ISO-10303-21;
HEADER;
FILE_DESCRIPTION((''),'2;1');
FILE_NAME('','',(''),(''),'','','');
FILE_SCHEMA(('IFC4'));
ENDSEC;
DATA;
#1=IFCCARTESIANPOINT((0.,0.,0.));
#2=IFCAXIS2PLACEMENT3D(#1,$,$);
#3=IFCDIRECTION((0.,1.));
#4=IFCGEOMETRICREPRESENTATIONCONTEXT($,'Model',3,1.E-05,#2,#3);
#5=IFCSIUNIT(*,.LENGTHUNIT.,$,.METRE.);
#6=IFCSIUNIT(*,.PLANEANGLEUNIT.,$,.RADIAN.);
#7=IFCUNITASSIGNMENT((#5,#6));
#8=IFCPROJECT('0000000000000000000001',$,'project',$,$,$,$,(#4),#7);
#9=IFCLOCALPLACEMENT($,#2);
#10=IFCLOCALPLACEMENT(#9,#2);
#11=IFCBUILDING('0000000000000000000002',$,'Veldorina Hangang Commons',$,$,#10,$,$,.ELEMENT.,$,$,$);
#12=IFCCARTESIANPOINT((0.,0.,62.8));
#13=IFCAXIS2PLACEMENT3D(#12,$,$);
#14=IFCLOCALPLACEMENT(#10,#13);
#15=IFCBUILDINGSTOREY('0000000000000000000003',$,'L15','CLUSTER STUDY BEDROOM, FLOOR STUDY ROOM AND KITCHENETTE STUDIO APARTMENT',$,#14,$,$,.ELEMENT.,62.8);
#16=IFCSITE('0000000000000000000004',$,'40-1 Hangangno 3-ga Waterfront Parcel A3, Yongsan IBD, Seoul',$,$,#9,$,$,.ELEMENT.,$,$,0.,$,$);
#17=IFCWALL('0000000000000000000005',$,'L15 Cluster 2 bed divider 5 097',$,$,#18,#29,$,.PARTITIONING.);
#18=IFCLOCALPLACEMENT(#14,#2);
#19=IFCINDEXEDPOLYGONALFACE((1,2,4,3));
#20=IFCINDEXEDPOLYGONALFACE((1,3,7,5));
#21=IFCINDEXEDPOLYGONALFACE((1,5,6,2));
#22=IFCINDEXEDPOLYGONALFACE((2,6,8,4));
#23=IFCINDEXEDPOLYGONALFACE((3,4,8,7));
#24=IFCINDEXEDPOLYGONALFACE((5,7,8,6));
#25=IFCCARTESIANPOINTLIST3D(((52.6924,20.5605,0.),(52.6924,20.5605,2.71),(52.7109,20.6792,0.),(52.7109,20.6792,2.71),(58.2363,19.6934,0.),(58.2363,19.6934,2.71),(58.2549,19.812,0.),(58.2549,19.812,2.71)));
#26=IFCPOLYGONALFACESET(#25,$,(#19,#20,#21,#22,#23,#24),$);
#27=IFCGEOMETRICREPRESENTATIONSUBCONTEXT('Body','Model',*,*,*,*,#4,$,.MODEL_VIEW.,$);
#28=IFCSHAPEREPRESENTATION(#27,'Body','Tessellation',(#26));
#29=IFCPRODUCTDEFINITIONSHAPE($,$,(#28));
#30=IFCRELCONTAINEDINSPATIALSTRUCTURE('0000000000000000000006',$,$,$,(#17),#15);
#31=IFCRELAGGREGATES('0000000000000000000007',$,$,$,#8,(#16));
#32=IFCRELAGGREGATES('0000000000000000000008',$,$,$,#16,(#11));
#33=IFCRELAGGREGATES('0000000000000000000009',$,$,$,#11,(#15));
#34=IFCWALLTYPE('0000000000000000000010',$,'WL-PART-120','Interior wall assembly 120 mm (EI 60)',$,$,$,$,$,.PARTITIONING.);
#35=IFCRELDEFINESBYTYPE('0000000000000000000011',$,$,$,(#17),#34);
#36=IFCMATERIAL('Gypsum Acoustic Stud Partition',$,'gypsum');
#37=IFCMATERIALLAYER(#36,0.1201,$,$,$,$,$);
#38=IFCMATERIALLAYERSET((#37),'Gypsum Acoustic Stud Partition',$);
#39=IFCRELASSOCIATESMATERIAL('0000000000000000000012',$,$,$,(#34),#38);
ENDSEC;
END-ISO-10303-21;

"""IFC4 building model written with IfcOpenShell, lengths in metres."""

from ifc_helpers import new_model, si_unit, direction, frame, frame_2d, origin, place, context, subcontext, project, spatial, rectangle, extrude, material, layer, layer_set, type_object, element, save


model = new_model("IFC4")

# Units and contexts
model_context = context("Model", 3, precision=1e-05, world=origin(), true_north=direction((0.0, 1.0)))
body_context = subcontext(model_context, "Body", "Model", "MODEL_VIEW")
ifc_project = project(units=[si_unit("LENGTHUNIT", "METRE"), si_unit("PLANEANGLEUNIT", "RADIAN")], contexts=[model_context])

# Site, building, storey
site_placement = place(None, origin())
site = spatial("IfcSite", under=ifc_project, at=site_placement, Name="40-1 Hangangno 3-ga Waterfront Parcel A3, Yongsan IBD, Seoul", CompositionType="ELEMENT", RefElevation=0.0)
building_placement = place(site_placement, origin())
building = spatial("IfcBuilding", under=site, at=building_placement, Name="Veldorina Hangang Commons", CompositionType="ELEMENT")
storey_placement = place(building_placement, frame((0.0, 0.0, 62.8)))
storey = spatial("IfcBuildingStorey", under=building, at=storey_placement, Name="L15", Description="CLUSTER STUDY BEDROOM, FLOOR STUDY ROOM AND KITCHENETTE STUDIO APARTMENT", CompositionType="ELEMENT", Elevation=62.8)

# Shared definitions
ifc_material_1 = material(Name="Gypsum Acoustic Stud Partition", Category="gypsum")
ifc_layer_1 = layer(ifc_material_1, 0.1201)
ifc_layer_set_1 = layer_set([ifc_layer_1], Name="Gypsum Acoustic Stud Partition")
wall_type_1 = type_object("IfcWallType", Name="WL-PART-120", Description="Interior wall assembly 120 mm (EI 60)", PredefinedType="PARTITIONING", material=ifc_layer_set_1)

# Wall
wall_1_placement = place(storey_placement, frame((52.7017, 20.6199, 0.0), z_axis=(0.0, 0.0, 1.0), x_axis=(0.987986, -0.154541, 0.0)))
element("IfcWall", 1, at=wall_1_placement, inside=storey, type_object=wall_type_1, Name="L15 Cluster 2 bed divider 5 097", PredefinedType="PARTITIONING", context=body_context, shape_type="SweptSolid", body=[
    extrude(rectangle(XDim=5.6113, YDim=0.1201, at=frame_2d((2.8057, 0.0))), origin(), (0.0, 0.0, 1.0), 2.71),
])

save(model, "model.ifc")
